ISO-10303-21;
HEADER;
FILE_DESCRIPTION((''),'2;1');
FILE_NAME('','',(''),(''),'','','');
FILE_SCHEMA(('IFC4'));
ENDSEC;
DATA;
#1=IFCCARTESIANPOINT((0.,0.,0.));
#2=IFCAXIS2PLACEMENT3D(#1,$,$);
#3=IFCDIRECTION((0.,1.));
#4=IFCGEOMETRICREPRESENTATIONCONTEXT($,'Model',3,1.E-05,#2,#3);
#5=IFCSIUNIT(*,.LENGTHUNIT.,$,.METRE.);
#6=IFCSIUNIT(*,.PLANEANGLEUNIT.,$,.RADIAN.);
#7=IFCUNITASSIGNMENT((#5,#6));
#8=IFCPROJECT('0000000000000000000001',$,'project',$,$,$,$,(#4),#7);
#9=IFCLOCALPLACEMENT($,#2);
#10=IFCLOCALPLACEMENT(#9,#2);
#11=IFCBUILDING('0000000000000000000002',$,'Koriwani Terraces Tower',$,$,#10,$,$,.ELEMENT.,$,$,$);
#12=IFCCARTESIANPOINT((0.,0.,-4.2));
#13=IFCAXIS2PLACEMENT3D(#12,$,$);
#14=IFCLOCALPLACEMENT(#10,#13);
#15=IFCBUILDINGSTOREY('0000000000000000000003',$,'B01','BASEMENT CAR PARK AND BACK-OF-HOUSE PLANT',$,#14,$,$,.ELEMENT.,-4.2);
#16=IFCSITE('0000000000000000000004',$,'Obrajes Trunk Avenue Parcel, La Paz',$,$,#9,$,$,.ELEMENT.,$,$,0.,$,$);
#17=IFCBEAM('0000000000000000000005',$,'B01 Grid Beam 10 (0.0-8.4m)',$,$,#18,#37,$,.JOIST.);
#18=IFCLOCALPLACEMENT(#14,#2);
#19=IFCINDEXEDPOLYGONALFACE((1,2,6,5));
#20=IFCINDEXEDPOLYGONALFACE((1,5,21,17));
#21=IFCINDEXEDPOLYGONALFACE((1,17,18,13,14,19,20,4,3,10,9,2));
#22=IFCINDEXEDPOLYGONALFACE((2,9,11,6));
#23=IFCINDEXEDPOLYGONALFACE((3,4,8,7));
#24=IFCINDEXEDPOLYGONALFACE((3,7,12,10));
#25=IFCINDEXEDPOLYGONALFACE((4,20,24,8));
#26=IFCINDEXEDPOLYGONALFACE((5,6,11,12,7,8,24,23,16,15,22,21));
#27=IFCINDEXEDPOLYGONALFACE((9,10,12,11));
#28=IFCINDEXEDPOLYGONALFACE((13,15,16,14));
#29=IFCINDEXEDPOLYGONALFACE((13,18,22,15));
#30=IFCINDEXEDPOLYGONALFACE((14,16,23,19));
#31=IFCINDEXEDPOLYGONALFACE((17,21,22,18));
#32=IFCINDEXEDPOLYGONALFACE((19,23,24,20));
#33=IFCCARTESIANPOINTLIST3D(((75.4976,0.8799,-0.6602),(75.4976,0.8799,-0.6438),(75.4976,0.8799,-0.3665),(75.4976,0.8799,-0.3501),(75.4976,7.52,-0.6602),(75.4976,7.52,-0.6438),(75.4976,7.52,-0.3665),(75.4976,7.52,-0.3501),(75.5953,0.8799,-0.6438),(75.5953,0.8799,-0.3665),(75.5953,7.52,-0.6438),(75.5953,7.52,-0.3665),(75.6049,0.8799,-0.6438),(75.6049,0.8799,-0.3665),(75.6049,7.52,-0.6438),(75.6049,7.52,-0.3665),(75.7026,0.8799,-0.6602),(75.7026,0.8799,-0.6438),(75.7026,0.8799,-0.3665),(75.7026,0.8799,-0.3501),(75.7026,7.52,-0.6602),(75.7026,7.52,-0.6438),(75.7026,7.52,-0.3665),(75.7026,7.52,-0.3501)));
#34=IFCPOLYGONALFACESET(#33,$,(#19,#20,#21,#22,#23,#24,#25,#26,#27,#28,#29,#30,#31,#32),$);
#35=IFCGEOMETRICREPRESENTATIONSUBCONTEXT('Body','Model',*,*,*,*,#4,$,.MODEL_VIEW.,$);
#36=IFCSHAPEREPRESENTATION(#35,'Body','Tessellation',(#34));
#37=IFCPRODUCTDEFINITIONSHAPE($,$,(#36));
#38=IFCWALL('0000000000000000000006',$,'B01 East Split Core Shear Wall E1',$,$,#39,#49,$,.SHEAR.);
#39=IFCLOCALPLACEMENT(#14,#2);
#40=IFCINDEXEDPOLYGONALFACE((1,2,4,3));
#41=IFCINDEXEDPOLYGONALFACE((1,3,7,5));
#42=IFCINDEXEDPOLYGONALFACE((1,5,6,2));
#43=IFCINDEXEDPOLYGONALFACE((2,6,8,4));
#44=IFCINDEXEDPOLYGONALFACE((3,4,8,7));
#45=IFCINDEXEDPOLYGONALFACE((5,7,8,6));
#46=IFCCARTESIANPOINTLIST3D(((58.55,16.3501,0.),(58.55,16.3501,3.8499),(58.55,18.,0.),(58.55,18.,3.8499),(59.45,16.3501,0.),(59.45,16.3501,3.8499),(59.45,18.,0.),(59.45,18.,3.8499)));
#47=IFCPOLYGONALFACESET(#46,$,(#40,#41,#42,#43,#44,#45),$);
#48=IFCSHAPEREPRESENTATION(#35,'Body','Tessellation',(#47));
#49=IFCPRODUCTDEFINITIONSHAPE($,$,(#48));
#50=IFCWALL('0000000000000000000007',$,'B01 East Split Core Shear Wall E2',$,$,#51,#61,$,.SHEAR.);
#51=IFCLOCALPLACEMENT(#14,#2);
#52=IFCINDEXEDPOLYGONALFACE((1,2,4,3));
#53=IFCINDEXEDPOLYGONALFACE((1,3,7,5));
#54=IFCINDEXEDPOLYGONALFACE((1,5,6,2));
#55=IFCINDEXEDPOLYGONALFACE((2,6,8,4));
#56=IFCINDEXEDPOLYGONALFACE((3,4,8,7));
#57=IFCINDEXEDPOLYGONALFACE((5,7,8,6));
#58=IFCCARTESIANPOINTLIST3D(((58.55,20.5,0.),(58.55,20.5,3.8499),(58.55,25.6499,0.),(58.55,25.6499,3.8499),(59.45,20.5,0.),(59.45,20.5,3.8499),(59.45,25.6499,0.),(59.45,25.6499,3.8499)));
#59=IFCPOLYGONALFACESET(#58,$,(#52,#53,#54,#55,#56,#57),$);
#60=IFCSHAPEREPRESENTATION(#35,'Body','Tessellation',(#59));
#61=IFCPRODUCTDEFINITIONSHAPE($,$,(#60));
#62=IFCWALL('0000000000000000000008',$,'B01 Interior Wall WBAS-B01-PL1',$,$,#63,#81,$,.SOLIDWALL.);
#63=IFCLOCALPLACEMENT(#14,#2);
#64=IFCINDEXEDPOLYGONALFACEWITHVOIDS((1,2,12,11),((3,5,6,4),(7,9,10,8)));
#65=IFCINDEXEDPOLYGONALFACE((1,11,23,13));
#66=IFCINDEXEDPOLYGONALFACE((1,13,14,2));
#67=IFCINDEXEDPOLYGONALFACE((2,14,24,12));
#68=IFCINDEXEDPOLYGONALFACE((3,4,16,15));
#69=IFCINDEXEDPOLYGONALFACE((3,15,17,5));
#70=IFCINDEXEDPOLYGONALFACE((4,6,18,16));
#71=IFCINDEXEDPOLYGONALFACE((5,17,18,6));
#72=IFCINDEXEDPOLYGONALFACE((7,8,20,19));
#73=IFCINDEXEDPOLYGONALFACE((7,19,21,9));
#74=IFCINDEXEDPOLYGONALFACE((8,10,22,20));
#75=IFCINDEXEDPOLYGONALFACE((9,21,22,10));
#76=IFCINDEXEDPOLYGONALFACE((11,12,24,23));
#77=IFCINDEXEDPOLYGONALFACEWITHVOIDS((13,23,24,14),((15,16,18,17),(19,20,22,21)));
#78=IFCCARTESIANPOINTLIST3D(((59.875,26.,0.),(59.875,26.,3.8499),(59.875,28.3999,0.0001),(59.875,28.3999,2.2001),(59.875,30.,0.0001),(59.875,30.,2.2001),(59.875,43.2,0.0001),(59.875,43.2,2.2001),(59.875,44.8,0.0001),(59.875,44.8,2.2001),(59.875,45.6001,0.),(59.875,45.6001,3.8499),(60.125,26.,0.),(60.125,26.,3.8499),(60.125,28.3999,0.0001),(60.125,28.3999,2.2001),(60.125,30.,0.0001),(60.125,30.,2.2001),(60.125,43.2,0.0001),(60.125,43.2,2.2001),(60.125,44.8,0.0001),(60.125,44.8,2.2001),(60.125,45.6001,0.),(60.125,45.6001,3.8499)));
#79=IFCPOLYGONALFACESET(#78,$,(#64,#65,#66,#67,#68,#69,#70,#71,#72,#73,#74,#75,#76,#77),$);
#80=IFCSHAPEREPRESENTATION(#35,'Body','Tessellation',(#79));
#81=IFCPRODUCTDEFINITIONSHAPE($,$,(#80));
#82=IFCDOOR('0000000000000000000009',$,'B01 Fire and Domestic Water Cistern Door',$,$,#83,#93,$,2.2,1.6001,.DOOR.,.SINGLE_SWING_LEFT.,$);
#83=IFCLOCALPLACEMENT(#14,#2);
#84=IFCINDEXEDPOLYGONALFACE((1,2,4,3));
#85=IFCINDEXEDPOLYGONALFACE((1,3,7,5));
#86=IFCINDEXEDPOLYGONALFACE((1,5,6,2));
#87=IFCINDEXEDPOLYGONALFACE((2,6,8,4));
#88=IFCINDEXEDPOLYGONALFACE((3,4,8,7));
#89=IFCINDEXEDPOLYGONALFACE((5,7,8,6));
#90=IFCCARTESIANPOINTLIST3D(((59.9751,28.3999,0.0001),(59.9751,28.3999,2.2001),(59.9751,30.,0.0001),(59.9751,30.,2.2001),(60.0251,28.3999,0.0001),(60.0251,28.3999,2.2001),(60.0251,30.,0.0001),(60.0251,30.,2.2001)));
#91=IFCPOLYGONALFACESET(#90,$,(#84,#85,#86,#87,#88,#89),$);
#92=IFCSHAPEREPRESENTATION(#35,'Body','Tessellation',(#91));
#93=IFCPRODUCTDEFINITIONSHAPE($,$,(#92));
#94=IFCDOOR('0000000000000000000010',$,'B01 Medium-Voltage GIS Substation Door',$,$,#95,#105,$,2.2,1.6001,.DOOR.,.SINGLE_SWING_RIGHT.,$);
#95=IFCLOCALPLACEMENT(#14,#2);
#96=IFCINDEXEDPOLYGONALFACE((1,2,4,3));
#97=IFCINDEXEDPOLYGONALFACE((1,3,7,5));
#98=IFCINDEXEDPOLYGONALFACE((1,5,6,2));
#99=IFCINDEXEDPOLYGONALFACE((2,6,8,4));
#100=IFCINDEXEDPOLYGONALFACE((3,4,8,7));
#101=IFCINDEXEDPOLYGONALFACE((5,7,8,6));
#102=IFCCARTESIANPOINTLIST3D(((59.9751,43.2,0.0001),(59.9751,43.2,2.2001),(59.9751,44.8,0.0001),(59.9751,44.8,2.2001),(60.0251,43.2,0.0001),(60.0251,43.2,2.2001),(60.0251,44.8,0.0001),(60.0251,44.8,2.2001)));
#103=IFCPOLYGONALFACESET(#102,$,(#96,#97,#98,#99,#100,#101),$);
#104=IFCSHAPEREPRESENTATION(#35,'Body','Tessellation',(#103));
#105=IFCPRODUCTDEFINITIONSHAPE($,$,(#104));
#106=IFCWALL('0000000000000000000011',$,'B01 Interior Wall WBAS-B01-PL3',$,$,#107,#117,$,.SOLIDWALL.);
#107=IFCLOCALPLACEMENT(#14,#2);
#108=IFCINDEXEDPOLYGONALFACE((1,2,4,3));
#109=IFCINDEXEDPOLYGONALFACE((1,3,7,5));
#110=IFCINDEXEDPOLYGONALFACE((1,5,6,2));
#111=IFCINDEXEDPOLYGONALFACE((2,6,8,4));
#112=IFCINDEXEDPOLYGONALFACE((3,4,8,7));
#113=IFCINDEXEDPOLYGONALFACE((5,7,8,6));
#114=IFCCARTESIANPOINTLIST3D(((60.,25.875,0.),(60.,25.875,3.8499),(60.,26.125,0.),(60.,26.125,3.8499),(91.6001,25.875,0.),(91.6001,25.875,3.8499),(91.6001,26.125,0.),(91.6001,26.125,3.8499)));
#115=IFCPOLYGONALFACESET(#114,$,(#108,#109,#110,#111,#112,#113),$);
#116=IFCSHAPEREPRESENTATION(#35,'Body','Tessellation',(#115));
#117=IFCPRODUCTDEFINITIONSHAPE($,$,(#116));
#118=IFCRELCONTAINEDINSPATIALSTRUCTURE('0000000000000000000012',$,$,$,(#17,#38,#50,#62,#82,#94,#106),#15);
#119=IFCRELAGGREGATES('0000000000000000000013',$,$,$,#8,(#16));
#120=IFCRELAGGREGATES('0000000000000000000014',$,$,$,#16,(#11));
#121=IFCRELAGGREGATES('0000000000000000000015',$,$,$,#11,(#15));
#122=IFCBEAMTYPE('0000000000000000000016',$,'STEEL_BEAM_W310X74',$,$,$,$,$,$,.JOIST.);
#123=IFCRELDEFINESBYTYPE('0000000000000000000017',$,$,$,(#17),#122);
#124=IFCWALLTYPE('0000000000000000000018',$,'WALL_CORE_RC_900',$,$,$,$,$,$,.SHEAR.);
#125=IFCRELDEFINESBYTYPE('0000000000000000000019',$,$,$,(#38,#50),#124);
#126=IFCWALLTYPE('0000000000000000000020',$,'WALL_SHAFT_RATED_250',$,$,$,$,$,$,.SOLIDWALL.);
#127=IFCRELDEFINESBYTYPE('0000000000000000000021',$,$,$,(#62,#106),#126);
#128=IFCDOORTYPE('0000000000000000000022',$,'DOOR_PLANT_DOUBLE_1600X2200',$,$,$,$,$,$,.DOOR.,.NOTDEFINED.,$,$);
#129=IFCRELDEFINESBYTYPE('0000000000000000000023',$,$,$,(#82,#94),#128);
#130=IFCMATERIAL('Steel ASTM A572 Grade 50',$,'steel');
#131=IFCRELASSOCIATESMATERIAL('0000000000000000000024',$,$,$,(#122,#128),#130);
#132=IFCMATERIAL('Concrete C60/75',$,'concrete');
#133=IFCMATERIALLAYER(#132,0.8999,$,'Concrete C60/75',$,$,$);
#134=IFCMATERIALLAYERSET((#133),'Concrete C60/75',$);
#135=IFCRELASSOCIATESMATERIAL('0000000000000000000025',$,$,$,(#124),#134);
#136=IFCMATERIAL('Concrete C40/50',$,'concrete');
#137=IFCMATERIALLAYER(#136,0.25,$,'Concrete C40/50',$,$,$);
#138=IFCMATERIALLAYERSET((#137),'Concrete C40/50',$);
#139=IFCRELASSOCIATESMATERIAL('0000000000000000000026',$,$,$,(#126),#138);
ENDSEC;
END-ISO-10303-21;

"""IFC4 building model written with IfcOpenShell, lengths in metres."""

from ifc_helpers import new_model, si_unit, direction, frame, frame_2d, origin, origin_2d, place, context, subcontext, project, spatial, rectangle, i_section, extrude, material, layer, layer_set, material_profile, profile_set, type_object, element, fill, save


model = new_model("IFC4")

# Units and contexts
model_context = context("Model", 3, precision=1e-05, world=origin(), true_north=direction((0.0, 1.0)))
body_context = subcontext(model_context, "Body", "Model", "MODEL_VIEW")
ifc_project = project(units=[si_unit("LENGTHUNIT", "METRE"), si_unit("PLANEANGLEUNIT", "RADIAN")], contexts=[model_context])

# Site, building, storey
site_placement = place(None, origin())
site = spatial("IfcSite", under=ifc_project, at=site_placement, Name="Obrajes Trunk Avenue Parcel, La Paz", CompositionType="ELEMENT", RefElevation=0.0)
building_placement = place(site_placement, origin())
building = spatial("IfcBuilding", under=site, at=building_placement, Name="Koriwani Terraces Tower", CompositionType="ELEMENT")
storey_placement = place(building_placement, frame((0.0, 0.0, -4.2)))
storey = spatial("IfcBuildingStorey", under=building, at=storey_placement, Name="B01", Description="BASEMENT CAR PARK AND BACK-OF-HOUSE PLANT", CompositionType="ELEMENT", Elevation=-4.2)

# Shared definitions
ifc_material_1 = material(Name="Concrete C60/75", Category="concrete")

# Beam
ifc_material_2 = material(Name="Steel ASTM A572 Grade 50", Category="steel")
ifc_material_profile_1 = material_profile(ifc_material_2, i_section(OverallWidth=0.2051, OverallDepth=0.3101, WebThickness=0.0095, FlangeThickness=0.0164, at=origin_2d()), Name="Steel ASTM A572 Grade 50", Category="LoadBearing")
ifc_profile_set_1 = profile_set([ifc_material_profile_1], Name="Steel ASTM A572 Grade 50")
beam_type_1 = type_object("IfcBeamType", Name="STEEL_BEAM_W310X74", PredefinedType="JOIST", material=ifc_profile_set_1)
beam_1_placement = place(storey_placement, frame((75.6001, 0.8799, -0.5051), z_axis=(0.0, 1.0, 0.0), x_axis=(-1.0, 0.0, 0.0)))
element("IfcBeam", 1, at=beam_1_placement, inside=storey, type_object=beam_type_1, Name="B01 Grid Beam 10 (0.0-8.4m)", PredefinedType="JOIST", context=body_context, shape_type="SweptSolid", body=[
    extrude(i_section(OverallWidth=0.2051, OverallDepth=0.3101, WebThickness=0.0095, FlangeThickness=0.0164, at=origin_2d()), origin(), (0.0, 0.0, 1.0), 6.6401),
])

# Walls
ifc_layer_1 = layer(ifc_material_1, 0.8999, Name="Concrete C60/75")
ifc_layer_set_1 = layer_set([ifc_layer_1], Name="Concrete C60/75")
wall_type_1 = type_object("IfcWallType", Name="WALL_CORE_RC_900", PredefinedType="SHEAR", material=ifc_layer_set_1)
wall_1_placement = place(storey_placement, frame((59.0, 16.3501, 0.0), z_axis=(0.0, 0.0, 1.0), x_axis=(0.0, 1.0, 0.0)))
element("IfcWall", 2, at=wall_1_placement, inside=storey, type_object=wall_type_1, Name="B01 East Split Core Shear Wall E1", PredefinedType="SHEAR", context=body_context, shape_type="SweptSolid", body=[
    extrude(rectangle(XDim=1.6499, YDim=0.8999, at=frame_2d((0.825, 0.0))), origin(), (0.0, 0.0, 1.0), 3.8499),
])
wall_2_placement = place(storey_placement, frame((59.0, 20.5, 0.0), z_axis=(0.0, 0.0, 1.0), x_axis=(0.0, 1.0, 0.0)))
element("IfcWall", 3, at=wall_2_placement, inside=storey, type_object=wall_type_1, Name="B01 East Split Core Shear Wall E2", PredefinedType="SHEAR", context=body_context, shape_type="SweptSolid", body=[
    extrude(rectangle(XDim=5.1499, YDim=0.8999, at=frame_2d((2.575, 0.0))), origin(), (0.0, 0.0, 1.0), 3.8499),
])

# Wall, openings, doors
ifc_material_3 = material(Name="Concrete C40/50", Category="concrete")
ifc_layer_2 = layer(ifc_material_3, 0.25, Name="Concrete C40/50")
ifc_layer_set_2 = layer_set([ifc_layer_2], Name="Concrete C40/50")
wall_type_2 = type_object("IfcWallType", Name="WALL_SHAFT_RATED_250", PredefinedType="SOLIDWALL", material=ifc_layer_set_2)
wall_3_placement = place(storey_placement, frame((60.0, 26.0, 0.0), z_axis=(0.0, 0.0, 1.0), x_axis=(0.0, 1.0, 0.0)))
wall_3 = element("IfcWall", 4, at=wall_3_placement, inside=storey, type_object=wall_type_2, Name="B01 Interior Wall WBAS-B01-PL1", PredefinedType="SOLIDWALL", context=body_context, shape_type="SweptSolid", body=[
    extrude(rectangle(XDim=19.6001, YDim=0.25, at=frame_2d((9.8, 0.0))), origin(), (0.0, 0.0, 1.0), 3.8499),
])
opening_1_placement = place(wall_3_placement, frame((2.3999, 0.0, 0.0)))
opening_1 = element("IfcOpeningElement", 5, at=opening_1_placement, cuts=wall_3, PredefinedType="OPENING", context=body_context, shape_type="SweptSolid", body=[
    extrude(rectangle(XDim=1.6001, YDim=2.2, at=frame_2d((0.8, 1.1001))), frame((0.0, 0.135, 0.0), z_axis=(0.0, -1.0, 0.0), x_axis=(1.0, 0.0, 0.0)), (0.0, 0.0, 1.0), 0.27),
])
opening_2_placement = place(wall_3_placement, frame((17.2, 0.0, 0.0)))
opening_2 = element("IfcOpeningElement", 6, at=opening_2_placement, cuts=wall_3, PredefinedType="OPENING", context=body_context, shape_type="SweptSolid", body=[
    extrude(rectangle(XDim=1.6001, YDim=2.2, at=frame_2d((0.8, 1.1001))), frame((0.0, 0.135, 0.0), z_axis=(0.0, -1.0, 0.0), x_axis=(1.0, 0.0, 0.0)), (0.0, 0.0, 1.0), 0.27),
])
door_type = type_object("IfcDoorType", Name="DOOR_PLANT_DOUBLE_1600X2200", OperationType="NOTDEFINED", PredefinedType="DOOR", material=ifc_material_2)
door_1_placement = place(opening_1_placement, origin())
door_1 = element("IfcDoor", 7, at=door_1_placement, inside=storey, type_object=door_type, Name="B01 Fire and Domestic Water Cistern Door", OperationType="SINGLE_SWING_LEFT", OverallHeight=2.2, OverallWidth=1.6001, PredefinedType="DOOR", context=body_context, shape_type="SweptSolid", body=[
    extrude(rectangle(XDim=1.6001, YDim=2.2, at=frame_2d((0.8, 1.1001))), frame((0.0, 0.0249, 0.0), z_axis=(0.0, -1.0, 0.0), x_axis=(1.0, 0.0, 0.0)), (0.0, 0.0, 1.0), 0.05),
])
fill(opening_1, door_1)
door_2_placement = place(opening_2_placement, origin())
door_2 = element("IfcDoor", 8, at=door_2_placement, inside=storey, type_object=door_type, Name="B01 Medium-Voltage GIS Substation Door", OperationType="SINGLE_SWING_RIGHT", OverallHeight=2.2, OverallWidth=1.6001, PredefinedType="DOOR", context=body_context, shape_type="SweptSolid", body=[
    extrude(rectangle(XDim=1.6001, YDim=2.2, at=frame_2d((0.8, 1.1001))), frame((0.0, 0.0249, 0.0), z_axis=(0.0, -1.0, 0.0), x_axis=(1.0, 0.0, 0.0)), (0.0, 0.0, 1.0), 0.05),
])
fill(opening_2, door_2)

# Wall
wall_4_placement = place(storey_placement, frame((60.0, 26.0, 0.0), z_axis=(0.0, 0.0, 1.0), x_axis=(1.0, 0.0, 0.0)))
element("IfcWall", 9, at=wall_4_placement, inside=storey, type_object=wall_type_2, Name="B01 Interior Wall WBAS-B01-PL3", PredefinedType="SOLIDWALL", context=body_context, shape_type="SweptSolid", body=[
    extrude(rectangle(XDim=31.6001, YDim=0.25, at=frame_2d((15.8, 0.0))), origin(), (0.0, 0.0, 1.0), 3.8499),
])

save(model, "model.ifc")
